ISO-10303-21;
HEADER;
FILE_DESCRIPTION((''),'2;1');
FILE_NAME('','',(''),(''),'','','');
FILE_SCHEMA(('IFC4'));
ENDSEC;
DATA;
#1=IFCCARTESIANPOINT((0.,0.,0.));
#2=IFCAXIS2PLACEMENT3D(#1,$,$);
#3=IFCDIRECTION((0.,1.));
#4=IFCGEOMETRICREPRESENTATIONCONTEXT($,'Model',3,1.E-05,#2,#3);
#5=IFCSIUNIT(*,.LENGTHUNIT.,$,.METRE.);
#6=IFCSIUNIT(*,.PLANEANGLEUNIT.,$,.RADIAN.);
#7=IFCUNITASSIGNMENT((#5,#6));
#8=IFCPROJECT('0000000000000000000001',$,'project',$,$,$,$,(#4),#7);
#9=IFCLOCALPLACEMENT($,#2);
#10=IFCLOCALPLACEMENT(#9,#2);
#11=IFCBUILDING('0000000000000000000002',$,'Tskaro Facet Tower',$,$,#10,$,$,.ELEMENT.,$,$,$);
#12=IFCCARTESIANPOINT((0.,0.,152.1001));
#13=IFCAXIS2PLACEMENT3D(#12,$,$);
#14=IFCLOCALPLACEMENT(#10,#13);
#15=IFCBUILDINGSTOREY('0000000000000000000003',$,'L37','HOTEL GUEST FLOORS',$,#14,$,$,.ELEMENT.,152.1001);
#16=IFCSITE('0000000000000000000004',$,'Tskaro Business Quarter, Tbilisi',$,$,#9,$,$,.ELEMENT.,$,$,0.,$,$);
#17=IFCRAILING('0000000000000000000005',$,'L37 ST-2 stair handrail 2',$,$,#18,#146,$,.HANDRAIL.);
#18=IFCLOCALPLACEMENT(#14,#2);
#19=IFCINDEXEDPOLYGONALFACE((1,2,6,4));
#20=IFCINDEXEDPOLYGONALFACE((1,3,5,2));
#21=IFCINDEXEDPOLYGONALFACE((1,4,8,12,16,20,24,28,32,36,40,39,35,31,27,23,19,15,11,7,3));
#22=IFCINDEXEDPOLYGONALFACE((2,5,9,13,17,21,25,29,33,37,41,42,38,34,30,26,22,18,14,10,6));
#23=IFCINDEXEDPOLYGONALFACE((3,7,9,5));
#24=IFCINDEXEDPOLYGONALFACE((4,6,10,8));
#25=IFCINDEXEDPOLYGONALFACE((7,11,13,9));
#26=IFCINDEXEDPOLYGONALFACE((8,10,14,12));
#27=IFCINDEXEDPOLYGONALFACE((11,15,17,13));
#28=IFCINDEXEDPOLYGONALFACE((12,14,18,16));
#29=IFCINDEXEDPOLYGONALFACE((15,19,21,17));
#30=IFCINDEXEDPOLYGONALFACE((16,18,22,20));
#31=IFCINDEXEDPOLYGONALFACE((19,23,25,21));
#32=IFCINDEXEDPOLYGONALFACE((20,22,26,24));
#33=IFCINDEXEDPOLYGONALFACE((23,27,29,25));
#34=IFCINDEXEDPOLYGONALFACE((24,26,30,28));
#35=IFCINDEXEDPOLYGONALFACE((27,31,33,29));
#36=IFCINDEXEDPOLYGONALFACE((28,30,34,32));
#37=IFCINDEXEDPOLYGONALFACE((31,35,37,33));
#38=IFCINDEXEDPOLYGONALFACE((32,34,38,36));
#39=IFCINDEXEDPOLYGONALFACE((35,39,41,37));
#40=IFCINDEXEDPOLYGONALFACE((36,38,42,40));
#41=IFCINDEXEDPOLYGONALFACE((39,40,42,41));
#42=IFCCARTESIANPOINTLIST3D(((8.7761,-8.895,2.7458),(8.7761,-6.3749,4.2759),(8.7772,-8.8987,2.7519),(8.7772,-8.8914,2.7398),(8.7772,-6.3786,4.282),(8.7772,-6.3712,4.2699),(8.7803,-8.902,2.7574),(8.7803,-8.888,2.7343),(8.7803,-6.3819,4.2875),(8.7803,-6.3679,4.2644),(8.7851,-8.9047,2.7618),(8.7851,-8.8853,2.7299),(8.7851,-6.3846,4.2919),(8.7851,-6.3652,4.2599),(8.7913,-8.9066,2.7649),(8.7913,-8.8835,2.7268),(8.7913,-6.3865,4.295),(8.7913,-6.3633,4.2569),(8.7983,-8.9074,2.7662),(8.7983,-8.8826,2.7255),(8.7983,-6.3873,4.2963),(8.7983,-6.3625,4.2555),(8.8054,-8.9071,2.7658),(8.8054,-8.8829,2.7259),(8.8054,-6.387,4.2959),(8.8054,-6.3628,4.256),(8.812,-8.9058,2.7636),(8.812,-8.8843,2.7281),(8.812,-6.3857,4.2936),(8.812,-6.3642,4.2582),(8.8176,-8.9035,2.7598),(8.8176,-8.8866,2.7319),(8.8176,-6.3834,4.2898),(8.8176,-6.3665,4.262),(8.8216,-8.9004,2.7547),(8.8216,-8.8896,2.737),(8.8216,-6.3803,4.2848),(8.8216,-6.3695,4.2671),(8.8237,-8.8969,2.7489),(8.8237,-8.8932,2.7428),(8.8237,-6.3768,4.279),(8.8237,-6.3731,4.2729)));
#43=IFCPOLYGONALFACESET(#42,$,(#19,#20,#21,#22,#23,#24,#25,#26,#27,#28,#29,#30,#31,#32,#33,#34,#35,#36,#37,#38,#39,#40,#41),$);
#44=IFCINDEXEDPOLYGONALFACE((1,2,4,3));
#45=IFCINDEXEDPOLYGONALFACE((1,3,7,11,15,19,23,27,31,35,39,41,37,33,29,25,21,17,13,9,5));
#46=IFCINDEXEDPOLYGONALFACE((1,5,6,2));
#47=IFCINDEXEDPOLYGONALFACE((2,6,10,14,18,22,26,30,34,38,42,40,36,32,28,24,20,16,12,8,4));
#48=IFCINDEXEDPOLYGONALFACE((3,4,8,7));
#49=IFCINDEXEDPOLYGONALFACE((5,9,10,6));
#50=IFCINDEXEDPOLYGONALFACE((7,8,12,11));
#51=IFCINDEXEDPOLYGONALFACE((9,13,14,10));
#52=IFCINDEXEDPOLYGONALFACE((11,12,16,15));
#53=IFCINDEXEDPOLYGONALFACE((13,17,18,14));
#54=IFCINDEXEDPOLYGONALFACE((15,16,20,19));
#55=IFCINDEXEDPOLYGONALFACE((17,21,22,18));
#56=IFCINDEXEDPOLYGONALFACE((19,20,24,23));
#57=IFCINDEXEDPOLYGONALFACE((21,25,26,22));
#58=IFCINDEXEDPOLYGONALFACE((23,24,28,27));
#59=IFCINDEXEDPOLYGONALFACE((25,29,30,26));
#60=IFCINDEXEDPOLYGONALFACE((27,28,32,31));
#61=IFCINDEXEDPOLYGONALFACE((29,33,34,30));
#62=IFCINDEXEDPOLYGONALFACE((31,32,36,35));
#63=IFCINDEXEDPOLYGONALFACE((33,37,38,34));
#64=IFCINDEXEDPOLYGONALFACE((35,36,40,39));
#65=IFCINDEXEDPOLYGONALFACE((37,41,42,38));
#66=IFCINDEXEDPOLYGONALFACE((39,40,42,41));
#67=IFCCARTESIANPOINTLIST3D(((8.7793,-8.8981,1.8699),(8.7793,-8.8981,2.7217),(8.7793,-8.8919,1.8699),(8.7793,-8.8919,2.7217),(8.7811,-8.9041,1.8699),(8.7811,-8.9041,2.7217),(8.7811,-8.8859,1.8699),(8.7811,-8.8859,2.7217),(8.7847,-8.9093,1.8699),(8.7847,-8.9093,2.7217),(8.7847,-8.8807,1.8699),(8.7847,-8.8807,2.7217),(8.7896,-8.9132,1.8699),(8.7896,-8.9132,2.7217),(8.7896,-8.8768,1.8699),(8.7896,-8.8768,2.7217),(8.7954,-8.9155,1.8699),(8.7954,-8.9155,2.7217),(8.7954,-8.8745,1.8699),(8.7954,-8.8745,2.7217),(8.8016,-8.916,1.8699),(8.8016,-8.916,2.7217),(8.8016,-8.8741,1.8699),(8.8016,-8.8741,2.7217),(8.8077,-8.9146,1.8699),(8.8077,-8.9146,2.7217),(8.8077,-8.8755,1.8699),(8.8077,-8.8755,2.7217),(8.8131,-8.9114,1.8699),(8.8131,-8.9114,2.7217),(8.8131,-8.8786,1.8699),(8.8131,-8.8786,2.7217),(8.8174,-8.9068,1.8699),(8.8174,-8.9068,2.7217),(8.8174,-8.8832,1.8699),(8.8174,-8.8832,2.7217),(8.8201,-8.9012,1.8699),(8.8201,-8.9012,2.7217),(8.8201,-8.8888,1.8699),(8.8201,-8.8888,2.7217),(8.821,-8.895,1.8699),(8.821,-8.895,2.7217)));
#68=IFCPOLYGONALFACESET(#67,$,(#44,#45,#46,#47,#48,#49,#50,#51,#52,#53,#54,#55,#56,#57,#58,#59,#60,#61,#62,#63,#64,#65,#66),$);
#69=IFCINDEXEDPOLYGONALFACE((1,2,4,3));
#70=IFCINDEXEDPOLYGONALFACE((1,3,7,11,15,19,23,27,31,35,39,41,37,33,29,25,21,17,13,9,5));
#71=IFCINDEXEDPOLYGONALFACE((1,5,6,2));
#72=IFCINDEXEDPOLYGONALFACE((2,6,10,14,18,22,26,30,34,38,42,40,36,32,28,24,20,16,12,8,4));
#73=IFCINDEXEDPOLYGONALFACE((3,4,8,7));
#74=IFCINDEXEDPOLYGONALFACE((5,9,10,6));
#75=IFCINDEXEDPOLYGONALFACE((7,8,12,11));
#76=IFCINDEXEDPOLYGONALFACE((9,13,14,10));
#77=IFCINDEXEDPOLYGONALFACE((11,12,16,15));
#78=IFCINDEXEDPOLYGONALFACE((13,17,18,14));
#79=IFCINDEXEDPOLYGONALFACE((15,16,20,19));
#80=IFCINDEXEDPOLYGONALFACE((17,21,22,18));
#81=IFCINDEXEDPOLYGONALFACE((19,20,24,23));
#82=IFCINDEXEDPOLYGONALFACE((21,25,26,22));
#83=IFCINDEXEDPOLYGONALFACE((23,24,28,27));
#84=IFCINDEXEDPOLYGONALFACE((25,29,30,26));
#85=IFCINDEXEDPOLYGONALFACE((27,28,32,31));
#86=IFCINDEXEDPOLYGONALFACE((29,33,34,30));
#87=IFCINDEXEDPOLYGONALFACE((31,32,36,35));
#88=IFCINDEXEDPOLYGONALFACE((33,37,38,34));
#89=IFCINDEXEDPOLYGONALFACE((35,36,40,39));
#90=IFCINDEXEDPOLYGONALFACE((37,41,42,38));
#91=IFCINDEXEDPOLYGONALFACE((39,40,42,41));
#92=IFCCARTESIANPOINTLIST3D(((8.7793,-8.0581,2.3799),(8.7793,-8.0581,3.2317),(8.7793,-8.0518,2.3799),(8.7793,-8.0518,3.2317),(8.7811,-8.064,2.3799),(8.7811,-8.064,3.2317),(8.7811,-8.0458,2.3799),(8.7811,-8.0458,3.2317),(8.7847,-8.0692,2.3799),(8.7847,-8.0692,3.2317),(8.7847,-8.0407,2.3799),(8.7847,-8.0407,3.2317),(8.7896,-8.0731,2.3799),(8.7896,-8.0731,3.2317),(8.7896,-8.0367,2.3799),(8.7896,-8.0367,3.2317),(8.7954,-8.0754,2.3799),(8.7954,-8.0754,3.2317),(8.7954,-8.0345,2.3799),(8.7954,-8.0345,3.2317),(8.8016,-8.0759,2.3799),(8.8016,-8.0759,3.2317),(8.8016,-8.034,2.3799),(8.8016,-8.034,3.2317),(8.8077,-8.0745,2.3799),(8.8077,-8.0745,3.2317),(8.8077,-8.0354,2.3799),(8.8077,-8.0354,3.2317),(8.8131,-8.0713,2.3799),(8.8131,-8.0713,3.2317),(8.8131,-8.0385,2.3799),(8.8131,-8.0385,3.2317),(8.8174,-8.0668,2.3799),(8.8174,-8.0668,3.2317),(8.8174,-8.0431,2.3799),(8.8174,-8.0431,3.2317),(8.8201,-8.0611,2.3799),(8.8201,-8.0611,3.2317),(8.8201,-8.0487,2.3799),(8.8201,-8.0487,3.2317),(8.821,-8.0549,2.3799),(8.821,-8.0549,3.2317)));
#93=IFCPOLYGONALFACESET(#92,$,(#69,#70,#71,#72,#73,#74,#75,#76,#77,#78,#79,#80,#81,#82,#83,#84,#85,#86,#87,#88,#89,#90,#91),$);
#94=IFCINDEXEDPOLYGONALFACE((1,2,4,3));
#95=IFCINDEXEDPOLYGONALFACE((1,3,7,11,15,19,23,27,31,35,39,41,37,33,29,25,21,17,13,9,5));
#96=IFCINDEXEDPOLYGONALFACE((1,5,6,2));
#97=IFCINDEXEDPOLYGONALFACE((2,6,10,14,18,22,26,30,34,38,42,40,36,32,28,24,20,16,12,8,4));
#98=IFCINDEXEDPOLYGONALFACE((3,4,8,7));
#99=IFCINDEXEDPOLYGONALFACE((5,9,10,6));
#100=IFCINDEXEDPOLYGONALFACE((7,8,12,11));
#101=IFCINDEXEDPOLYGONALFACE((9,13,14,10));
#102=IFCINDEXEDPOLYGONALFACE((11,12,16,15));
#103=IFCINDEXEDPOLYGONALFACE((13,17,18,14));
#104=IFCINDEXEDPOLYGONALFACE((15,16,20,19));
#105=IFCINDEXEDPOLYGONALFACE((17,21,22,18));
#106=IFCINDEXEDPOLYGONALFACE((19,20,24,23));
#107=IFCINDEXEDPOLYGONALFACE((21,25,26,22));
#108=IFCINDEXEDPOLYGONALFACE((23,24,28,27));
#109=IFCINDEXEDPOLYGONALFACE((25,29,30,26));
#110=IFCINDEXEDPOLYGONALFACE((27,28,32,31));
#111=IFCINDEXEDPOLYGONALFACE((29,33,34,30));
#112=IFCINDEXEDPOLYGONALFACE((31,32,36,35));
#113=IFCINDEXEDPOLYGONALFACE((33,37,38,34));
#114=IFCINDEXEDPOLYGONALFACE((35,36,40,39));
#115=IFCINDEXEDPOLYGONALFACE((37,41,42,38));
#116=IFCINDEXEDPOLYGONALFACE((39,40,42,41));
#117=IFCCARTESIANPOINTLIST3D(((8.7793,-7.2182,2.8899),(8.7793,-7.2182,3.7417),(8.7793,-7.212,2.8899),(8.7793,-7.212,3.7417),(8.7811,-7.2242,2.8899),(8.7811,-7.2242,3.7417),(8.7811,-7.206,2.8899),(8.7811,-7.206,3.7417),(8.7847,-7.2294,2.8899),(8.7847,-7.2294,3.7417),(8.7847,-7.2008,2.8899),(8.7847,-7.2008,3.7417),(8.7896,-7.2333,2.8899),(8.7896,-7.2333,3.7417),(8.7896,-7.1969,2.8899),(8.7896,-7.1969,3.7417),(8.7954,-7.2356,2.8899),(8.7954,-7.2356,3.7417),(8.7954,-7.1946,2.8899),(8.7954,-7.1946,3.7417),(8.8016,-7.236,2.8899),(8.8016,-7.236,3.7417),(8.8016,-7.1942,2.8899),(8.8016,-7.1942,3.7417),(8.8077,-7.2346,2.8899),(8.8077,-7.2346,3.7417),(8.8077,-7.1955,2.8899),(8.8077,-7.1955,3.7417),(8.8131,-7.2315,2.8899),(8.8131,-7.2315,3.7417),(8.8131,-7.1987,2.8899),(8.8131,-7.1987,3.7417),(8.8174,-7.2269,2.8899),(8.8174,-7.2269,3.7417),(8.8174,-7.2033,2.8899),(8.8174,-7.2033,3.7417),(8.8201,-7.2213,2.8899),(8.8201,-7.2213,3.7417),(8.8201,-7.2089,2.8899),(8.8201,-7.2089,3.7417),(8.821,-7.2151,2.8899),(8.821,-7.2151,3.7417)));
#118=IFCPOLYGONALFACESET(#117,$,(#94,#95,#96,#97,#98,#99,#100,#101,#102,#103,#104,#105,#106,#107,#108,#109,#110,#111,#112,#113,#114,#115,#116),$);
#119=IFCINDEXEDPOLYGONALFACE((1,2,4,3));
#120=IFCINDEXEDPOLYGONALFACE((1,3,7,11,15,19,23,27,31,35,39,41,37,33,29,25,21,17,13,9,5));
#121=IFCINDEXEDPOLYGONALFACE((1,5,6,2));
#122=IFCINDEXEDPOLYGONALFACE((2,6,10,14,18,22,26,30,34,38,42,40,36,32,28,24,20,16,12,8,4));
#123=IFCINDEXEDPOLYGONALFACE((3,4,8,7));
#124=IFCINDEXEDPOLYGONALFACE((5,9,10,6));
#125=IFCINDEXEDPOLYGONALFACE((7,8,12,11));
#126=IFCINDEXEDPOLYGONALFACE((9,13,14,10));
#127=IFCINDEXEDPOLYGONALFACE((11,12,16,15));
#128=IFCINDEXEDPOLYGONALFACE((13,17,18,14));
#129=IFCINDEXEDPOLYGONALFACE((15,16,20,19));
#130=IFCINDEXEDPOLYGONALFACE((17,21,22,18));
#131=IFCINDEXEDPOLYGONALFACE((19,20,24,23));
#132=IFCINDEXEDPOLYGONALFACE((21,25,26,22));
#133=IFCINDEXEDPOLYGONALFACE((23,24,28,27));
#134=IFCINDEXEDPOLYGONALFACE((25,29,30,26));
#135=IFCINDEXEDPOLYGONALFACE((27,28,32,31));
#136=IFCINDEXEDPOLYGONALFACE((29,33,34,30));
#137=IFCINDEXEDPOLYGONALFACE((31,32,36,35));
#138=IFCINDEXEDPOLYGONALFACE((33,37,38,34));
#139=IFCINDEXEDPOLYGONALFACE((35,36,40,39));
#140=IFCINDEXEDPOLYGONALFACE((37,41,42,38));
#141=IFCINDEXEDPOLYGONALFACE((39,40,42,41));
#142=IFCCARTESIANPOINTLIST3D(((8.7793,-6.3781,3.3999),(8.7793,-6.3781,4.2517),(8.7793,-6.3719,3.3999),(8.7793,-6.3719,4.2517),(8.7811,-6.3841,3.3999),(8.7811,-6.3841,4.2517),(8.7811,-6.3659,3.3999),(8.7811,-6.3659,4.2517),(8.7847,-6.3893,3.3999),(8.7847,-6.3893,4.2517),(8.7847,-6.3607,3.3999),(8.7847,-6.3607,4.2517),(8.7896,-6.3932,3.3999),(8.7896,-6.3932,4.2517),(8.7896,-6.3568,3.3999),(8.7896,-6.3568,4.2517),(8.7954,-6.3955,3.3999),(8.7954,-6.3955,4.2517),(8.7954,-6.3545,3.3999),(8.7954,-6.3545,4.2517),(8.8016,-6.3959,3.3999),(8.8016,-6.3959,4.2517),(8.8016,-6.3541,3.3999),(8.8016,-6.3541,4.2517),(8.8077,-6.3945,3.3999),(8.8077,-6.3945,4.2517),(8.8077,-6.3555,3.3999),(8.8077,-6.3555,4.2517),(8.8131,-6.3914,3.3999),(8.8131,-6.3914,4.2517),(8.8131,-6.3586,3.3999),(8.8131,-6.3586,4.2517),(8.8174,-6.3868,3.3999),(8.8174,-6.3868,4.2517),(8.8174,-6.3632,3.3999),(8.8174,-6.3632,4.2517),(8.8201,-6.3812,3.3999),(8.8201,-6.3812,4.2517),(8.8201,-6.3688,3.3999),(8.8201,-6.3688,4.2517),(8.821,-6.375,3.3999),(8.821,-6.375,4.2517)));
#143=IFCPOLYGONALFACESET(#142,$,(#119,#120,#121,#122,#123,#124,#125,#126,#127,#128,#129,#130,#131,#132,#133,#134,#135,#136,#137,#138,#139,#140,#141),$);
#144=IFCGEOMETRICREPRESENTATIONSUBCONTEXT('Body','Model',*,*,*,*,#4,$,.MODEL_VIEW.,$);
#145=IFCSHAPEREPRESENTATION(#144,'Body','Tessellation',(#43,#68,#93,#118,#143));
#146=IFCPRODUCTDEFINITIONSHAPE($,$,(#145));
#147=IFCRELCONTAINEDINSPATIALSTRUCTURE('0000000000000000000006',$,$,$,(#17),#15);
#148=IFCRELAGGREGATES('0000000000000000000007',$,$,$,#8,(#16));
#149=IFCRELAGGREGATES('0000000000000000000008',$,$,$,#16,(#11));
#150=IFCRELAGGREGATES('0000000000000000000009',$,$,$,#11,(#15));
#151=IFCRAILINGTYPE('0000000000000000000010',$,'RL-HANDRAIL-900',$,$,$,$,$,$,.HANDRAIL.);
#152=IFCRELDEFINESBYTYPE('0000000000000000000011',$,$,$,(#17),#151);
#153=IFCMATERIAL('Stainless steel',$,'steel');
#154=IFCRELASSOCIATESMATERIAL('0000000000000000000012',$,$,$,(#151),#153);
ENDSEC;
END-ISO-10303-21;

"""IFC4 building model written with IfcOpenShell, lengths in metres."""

from ifc_helpers import new_model, si_unit, direction, frame, origin, origin_2d, place, context, subcontext, project, spatial, circle, extrude, material, type_object, element, save


model = new_model("IFC4")

# Units and contexts
model_context = context("Model", 3, precision=1e-05, world=origin(), true_north=direction((0.0, 1.0)))
body_context = subcontext(model_context, "Body", "Model", "MODEL_VIEW")
ifc_project = project(units=[si_unit("LENGTHUNIT", "METRE"), si_unit("PLANEANGLEUNIT", "RADIAN")], contexts=[model_context])

# Site, building, storey
site_placement = place(None, origin())
site = spatial("IfcSite", under=ifc_project, at=site_placement, Name="Tskaro Business Quarter, Tbilisi", CompositionType="ELEMENT", RefElevation=0.0)
building_placement = place(site_placement, origin())
building = spatial("IfcBuilding", under=site, at=building_placement, Name="Tskaro Facet Tower", CompositionType="ELEMENT")
storey_placement = place(building_placement, frame((0.0, 0.0, 152.1001)))
storey = spatial("IfcBuildingStorey", under=building, at=storey_placement, Name="L37", Description="HOTEL GUEST FLOORS", CompositionType="ELEMENT", Elevation=152.1001)

# Railing
ifc_material_1 = material(Name="Stainless steel", Category="steel")
railing_type_1 = type_object("IfcRailingType", Name="RL-HANDRAIL-900", PredefinedType="HANDRAIL", material=ifc_material_1)
railing_1_placement = place(storey_placement, frame((8.8, -8.895, 1.8699)))
element("IfcRailing", 1, at=railing_1_placement, inside=storey, type_object=railing_type_1, Name="L37 ST-2 stair handrail 2", PredefinedType="HANDRAIL", context=body_context, shape_type="SweptSolid", body=[
    extrude(circle(Radius=0.0239, at=origin_2d()), frame((0.0, 0.0, 0.876), z_axis=(0.0, 0.854785, 0.518982), x_axis=(-1.0, 0.0, 0.0)), (0.0, 0.0, 1.0), 2.9482),
    extrude(circle(Radius=0.021, at=origin_2d()), origin(), (0.0, 0.0, 1.0), 0.8518),
    extrude(circle(Radius=0.021, at=origin_2d()), frame((0.0, 0.8401, 0.51)), (0.0, 0.0, 1.0), 0.8518),
    extrude(circle(Radius=0.021, at=origin_2d()), frame((0.0, 1.6799, 1.02)), (0.0, 0.0, 1.0), 0.8518),
    extrude(circle(Radius=0.021, at=origin_2d()), frame((0.0, 2.52, 1.53)), (0.0, 0.0, 1.0), 0.8518),
])

save(model, "model.ifc")
